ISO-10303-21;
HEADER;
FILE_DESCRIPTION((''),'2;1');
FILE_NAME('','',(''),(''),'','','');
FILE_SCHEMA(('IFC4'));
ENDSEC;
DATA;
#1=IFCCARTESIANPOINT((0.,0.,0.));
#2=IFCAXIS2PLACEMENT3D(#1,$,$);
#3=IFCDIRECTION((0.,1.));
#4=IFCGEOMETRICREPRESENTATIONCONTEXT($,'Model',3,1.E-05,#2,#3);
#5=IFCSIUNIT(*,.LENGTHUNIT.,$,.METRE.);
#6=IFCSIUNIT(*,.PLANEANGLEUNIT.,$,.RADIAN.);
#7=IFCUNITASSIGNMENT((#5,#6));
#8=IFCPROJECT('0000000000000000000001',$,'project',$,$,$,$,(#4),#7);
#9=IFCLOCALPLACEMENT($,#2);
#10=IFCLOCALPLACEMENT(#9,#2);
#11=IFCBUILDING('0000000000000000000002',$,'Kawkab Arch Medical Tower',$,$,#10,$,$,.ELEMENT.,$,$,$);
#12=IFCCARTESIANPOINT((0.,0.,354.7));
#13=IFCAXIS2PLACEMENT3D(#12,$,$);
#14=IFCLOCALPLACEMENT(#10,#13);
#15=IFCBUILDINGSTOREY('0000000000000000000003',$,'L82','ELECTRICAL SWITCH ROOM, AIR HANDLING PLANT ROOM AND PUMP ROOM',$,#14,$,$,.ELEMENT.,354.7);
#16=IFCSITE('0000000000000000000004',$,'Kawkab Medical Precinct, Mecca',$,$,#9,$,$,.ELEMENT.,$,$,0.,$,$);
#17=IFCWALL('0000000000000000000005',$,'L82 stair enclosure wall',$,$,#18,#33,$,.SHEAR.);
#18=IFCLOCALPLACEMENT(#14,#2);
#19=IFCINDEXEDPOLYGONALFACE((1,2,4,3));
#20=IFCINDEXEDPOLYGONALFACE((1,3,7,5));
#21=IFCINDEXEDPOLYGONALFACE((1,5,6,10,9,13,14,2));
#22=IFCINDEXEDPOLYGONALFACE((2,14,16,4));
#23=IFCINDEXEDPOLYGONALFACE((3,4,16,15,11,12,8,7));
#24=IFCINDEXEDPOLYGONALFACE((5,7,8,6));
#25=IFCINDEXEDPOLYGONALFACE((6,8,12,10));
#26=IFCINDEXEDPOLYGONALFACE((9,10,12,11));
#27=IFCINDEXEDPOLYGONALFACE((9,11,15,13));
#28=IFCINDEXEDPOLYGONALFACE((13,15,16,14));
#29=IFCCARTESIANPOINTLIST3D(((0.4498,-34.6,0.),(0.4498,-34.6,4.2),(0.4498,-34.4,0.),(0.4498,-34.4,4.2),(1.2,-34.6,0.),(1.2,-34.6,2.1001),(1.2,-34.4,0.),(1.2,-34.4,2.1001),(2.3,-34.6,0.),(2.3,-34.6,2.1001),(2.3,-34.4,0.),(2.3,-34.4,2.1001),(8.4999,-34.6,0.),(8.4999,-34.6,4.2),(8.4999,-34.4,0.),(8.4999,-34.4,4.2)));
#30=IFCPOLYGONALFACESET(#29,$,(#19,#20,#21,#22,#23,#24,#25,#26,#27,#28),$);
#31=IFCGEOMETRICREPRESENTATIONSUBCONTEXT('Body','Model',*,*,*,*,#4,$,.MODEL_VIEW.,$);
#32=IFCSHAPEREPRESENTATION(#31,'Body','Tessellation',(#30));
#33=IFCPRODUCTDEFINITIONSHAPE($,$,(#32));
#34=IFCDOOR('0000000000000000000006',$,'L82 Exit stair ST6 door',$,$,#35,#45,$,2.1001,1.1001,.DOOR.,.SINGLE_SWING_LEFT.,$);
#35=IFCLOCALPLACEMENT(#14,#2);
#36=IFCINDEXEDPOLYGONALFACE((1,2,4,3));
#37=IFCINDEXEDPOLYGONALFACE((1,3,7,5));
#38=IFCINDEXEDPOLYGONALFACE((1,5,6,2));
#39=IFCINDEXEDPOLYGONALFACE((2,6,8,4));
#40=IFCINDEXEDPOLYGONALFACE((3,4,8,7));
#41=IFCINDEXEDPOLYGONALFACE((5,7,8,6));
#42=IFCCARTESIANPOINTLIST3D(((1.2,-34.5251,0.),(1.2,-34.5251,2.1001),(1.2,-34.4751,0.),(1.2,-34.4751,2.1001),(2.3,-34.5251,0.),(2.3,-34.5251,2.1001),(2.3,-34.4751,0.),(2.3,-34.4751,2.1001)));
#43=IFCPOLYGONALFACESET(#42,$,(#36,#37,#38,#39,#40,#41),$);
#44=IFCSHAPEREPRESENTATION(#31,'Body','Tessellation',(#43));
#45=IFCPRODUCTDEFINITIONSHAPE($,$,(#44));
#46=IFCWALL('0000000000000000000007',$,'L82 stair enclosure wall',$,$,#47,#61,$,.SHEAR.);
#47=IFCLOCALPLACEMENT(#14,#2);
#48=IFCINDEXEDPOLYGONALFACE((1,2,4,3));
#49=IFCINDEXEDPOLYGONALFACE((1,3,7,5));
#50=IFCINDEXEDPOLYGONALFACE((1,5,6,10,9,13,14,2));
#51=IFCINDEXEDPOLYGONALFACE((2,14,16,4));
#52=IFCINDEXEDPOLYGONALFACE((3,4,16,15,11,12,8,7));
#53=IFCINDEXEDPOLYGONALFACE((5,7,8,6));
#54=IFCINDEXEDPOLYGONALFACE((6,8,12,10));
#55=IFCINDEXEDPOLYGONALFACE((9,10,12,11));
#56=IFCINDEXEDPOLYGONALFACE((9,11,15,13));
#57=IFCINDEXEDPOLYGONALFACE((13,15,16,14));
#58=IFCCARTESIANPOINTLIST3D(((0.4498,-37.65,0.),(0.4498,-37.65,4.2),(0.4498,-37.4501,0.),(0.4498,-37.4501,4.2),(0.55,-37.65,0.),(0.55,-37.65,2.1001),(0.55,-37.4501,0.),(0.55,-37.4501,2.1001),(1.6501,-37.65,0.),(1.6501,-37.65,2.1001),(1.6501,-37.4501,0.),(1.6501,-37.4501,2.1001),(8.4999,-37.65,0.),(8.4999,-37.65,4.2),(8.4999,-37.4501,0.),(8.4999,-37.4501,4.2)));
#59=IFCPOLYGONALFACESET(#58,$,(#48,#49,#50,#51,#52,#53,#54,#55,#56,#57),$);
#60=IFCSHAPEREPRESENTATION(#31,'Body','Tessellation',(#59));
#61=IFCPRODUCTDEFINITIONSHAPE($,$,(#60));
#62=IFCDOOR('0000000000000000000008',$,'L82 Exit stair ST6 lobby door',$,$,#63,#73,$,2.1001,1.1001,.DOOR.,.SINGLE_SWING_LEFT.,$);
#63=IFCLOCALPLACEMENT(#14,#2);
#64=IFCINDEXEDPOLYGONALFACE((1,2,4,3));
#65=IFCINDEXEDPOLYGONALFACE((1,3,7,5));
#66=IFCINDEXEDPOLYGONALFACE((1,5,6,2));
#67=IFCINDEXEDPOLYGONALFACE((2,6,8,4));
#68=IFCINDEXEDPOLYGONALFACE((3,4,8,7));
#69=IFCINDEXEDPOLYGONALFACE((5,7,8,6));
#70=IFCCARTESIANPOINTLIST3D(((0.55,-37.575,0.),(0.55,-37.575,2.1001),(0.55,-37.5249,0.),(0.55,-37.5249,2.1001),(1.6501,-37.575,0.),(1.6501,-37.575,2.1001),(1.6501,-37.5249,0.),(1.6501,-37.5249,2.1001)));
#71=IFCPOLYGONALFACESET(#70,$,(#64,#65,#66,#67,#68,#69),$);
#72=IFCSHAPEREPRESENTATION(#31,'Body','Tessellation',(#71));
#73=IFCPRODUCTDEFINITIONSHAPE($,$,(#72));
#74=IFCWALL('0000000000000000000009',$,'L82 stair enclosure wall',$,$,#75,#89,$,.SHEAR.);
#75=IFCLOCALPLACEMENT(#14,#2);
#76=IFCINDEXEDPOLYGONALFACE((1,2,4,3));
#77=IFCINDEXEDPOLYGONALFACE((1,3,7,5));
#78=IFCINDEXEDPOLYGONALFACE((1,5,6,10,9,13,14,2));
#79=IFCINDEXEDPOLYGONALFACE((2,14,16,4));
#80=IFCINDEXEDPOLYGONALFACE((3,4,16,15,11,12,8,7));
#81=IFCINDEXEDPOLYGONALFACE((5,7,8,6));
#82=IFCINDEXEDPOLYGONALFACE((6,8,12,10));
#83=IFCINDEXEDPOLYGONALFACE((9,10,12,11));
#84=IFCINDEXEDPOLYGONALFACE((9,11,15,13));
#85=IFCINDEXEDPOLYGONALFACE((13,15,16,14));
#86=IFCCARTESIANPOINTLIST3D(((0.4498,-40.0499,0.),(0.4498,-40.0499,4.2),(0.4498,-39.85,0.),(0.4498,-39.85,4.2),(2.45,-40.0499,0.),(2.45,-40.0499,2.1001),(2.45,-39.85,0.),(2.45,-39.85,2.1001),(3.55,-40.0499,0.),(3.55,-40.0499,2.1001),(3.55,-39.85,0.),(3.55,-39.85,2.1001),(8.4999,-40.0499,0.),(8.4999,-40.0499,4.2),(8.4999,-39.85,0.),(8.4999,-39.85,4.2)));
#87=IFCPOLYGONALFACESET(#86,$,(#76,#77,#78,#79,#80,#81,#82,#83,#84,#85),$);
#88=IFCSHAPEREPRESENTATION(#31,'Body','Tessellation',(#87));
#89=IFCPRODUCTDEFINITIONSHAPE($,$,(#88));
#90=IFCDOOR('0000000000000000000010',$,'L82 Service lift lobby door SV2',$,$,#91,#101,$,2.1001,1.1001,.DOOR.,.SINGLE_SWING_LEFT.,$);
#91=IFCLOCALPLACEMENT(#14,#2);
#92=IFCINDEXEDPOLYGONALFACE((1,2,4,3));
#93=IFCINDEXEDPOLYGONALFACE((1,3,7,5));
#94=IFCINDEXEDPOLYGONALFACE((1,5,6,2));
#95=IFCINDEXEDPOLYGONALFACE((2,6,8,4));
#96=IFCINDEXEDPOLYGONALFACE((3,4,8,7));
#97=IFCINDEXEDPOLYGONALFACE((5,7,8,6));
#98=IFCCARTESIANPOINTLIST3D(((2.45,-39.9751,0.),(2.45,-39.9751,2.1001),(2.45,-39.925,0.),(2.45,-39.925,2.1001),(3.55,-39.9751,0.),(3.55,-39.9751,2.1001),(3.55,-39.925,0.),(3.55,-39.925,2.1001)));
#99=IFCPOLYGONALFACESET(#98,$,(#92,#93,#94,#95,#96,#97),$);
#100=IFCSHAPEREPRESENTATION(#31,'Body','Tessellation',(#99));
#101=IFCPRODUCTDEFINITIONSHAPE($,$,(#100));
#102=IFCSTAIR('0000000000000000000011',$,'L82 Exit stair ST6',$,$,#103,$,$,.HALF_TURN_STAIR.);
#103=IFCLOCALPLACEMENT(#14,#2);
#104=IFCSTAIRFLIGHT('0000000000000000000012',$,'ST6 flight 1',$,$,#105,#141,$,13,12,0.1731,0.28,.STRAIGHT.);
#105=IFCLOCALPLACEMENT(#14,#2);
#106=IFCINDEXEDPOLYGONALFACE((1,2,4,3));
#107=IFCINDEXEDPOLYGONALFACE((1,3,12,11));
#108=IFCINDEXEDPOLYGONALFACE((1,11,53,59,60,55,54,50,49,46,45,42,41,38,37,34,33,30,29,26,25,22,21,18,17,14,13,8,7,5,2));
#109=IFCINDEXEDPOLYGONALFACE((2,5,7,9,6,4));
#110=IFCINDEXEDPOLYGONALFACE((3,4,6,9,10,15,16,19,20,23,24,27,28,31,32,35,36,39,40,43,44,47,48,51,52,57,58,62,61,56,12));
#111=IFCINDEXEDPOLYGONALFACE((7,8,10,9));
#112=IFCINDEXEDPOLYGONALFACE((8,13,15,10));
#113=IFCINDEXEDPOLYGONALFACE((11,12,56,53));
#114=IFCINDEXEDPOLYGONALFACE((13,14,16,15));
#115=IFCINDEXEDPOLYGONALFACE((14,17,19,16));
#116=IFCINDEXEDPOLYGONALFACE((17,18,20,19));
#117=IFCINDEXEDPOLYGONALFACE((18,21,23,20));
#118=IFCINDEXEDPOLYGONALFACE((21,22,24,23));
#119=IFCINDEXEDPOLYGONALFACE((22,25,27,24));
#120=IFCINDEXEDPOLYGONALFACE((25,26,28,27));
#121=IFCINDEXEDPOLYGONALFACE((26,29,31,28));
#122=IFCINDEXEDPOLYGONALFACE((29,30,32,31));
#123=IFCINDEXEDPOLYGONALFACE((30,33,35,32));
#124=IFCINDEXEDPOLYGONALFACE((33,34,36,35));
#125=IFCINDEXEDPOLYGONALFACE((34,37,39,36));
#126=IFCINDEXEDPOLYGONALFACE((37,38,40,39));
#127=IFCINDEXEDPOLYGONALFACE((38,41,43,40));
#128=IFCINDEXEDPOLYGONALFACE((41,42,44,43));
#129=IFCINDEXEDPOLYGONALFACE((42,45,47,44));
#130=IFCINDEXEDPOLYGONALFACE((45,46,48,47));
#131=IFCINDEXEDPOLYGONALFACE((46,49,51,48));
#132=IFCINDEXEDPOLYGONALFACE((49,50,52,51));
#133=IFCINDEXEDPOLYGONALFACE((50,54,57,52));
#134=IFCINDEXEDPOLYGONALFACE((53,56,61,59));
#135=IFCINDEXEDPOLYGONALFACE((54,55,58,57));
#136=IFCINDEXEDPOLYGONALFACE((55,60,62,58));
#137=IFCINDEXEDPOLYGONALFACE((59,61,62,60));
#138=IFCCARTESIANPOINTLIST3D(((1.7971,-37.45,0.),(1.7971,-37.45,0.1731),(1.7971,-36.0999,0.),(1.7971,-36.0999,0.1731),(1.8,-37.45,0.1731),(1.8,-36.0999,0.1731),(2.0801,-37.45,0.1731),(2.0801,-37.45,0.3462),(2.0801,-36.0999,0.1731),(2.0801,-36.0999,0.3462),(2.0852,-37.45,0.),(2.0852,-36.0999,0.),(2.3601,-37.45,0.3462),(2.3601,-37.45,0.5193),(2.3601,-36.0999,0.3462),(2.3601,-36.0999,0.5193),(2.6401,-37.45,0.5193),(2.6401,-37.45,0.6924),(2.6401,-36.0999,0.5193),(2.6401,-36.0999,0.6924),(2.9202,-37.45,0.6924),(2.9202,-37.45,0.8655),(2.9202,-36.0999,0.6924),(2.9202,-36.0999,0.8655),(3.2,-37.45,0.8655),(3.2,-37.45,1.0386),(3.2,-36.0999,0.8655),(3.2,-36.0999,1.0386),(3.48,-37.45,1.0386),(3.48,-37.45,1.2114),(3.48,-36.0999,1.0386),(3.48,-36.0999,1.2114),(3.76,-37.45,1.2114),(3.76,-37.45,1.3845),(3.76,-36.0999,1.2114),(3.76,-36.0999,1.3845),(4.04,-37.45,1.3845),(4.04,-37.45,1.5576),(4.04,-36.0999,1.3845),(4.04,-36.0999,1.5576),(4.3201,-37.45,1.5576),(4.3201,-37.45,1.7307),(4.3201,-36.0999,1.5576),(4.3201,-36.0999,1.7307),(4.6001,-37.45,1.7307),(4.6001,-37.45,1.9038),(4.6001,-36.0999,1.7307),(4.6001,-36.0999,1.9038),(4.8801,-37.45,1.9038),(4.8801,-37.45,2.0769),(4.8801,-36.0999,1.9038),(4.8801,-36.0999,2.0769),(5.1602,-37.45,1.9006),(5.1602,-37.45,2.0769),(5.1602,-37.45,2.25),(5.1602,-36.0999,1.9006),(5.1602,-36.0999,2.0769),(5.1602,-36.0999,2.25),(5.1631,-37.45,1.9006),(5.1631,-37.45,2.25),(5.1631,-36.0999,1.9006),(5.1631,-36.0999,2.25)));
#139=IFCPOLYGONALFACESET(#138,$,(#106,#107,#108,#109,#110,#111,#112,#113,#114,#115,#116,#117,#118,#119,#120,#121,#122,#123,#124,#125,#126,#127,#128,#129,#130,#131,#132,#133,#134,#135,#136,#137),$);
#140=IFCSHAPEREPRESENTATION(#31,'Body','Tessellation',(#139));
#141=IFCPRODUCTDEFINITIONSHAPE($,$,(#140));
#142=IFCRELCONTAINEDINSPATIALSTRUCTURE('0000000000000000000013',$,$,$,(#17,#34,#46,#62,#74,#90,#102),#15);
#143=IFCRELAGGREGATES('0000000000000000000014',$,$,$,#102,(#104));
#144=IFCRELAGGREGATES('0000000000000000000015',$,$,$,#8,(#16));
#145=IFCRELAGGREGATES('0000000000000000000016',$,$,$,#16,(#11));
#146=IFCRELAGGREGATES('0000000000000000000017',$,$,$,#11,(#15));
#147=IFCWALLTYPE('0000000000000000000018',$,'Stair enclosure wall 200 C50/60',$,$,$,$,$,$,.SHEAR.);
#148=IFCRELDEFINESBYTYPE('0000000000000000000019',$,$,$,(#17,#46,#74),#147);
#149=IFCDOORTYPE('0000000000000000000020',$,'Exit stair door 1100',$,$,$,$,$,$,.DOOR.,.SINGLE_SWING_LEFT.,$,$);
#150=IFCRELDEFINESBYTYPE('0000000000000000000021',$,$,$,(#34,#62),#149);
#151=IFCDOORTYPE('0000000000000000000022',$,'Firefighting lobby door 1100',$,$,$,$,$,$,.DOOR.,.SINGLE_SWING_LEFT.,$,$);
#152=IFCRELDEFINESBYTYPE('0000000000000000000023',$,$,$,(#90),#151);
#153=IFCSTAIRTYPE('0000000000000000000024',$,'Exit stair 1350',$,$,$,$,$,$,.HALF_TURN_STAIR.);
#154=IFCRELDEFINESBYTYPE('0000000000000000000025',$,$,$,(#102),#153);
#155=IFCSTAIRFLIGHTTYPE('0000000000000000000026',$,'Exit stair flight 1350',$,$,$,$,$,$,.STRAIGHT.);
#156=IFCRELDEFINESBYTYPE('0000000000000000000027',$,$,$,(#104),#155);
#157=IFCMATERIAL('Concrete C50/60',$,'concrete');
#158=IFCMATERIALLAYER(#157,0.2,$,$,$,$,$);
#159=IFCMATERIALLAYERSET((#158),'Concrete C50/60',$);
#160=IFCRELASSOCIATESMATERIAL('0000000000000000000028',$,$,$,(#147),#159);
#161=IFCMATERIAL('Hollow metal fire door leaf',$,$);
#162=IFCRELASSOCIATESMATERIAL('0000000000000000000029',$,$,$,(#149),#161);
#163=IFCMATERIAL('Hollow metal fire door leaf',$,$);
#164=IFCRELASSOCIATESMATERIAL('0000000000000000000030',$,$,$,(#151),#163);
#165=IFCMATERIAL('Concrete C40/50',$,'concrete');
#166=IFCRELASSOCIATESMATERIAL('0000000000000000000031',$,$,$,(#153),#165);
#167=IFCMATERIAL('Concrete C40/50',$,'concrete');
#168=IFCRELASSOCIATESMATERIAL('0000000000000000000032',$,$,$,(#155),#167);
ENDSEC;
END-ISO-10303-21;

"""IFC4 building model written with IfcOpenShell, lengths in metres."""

from ifc_helpers import new_model, si_unit, direction, frame, frame_2d, origin, place, context, subcontext, project, spatial, polyline, rectangle, outline, extrude, material, layer, layer_set, type_object, element, fill, aggregate, save


model = new_model("IFC4")

# Units and contexts
model_context = context("Model", 3, precision=1e-05, world=origin(), true_north=direction((0.0, 1.0)))
body_context = subcontext(model_context, "Body", "Model", "MODEL_VIEW")
ifc_project = project(units=[si_unit("LENGTHUNIT", "METRE"), si_unit("PLANEANGLEUNIT", "RADIAN")], contexts=[model_context])

# Site, building, storey
site_placement = place(None, origin())
site = spatial("IfcSite", under=ifc_project, at=site_placement, Name="Kawkab Medical Precinct, Mecca", CompositionType="ELEMENT", RefElevation=0.0)
building_placement = place(site_placement, origin())
building = spatial("IfcBuilding", under=site, at=building_placement, Name="Kawkab Arch Medical Tower", CompositionType="ELEMENT")
storey_placement = place(building_placement, frame((0.0, 0.0, 354.7)))
storey = spatial("IfcBuildingStorey", under=building, at=storey_placement, Name="L82", Description="ELECTRICAL SWITCH ROOM, AIR HANDLING PLANT ROOM AND PUMP ROOM", CompositionType="ELEMENT", Elevation=354.7)

# Shared definitions
placement = place(storey_placement, origin())

# Walls, openings, doors
ifc_material_1 = material(Name="Concrete C50/60", Category="concrete")
ifc_layer_1 = layer(ifc_material_1, 0.2)
ifc_layer_set_1 = layer_set([ifc_layer_1], Name="Concrete C50/60")
wall_type_1 = type_object("IfcWallType", Name="Stair enclosure wall 200 C50/60", PredefinedType="SHEAR", material=ifc_layer_set_1)
wall_1_placement = place(storey_placement, frame((0.45, -34.5, 0.0), z_axis=(0.0, 0.0, 1.0), x_axis=(1.0, 0.0, 0.0)))
wall_1 = element("IfcWall", 1, at=wall_1_placement, inside=storey, type_object=wall_type_1, Name="L82 stair enclosure wall", PredefinedType="SHEAR", context=body_context, shape_type="SweptSolid", body=[
    extrude(rectangle(XDim=8.05, YDim=0.2, at=frame_2d((4.0249, 0.0))), origin(), (0.0, 0.0, 1.0), 4.2),
])
opening_1_placement = place(wall_1_placement, frame((0.75, 0.0, 0.0)))
opening_1 = element("IfcOpeningElement", 2, at=opening_1_placement, cuts=wall_1, PredefinedType="OPENING", context=body_context, shape_type="SweptSolid", body=[
    extrude(rectangle(XDim=1.1001, YDim=2.1001, at=frame_2d((0.55, 1.05))), frame((0.0, 0.1099, 0.0), z_axis=(0.0, -1.0, 0.0), x_axis=(1.0, 0.0, 0.0)), (0.0, 0.0, 1.0), 0.22),
])
ifc_material_2 = material(Name="Hollow metal fire door leaf")
door_type_1 = type_object("IfcDoorType", Name="Exit stair door 1100", OperationType="SINGLE_SWING_LEFT", PredefinedType="DOOR", material=ifc_material_2)
door_1_placement = place(opening_1_placement, origin())
door_1 = element("IfcDoor", 3, at=door_1_placement, inside=storey, type_object=door_type_1, Name="L82 Exit stair ST6 door", OperationType="SINGLE_SWING_LEFT", OverallHeight=2.1001, OverallWidth=1.1001, PredefinedType="DOOR", context=body_context, shape_type="SweptSolid", body=[
    extrude(rectangle(XDim=1.1001, YDim=2.1001, at=frame_2d((0.55, 1.05))), frame((0.0, 0.0249, 0.0), z_axis=(0.0, -1.0, 0.0), x_axis=(1.0, 0.0, 0.0)), (0.0, 0.0, 1.0), 0.05),
])
fill(opening_1, door_1)
wall_2_placement = place(storey_placement, frame((0.45, -37.55, 0.0), z_axis=(0.0, 0.0, 1.0), x_axis=(1.0, 0.0, 0.0)))
wall_2 = element("IfcWall", 4, at=wall_2_placement, inside=storey, type_object=wall_type_1, Name="L82 stair enclosure wall", PredefinedType="SHEAR", context=body_context, shape_type="SweptSolid", body=[
    extrude(rectangle(XDim=8.05, YDim=0.2, at=frame_2d((4.0249, 0.0))), origin(), (0.0, 0.0, 1.0), 4.2),
])
opening_2_placement = place(wall_2_placement, frame((0.1001, 0.0, 0.0)))
opening_2 = element("IfcOpeningElement", 5, at=opening_2_placement, cuts=wall_2, PredefinedType="OPENING", context=body_context, shape_type="SweptSolid", body=[
    extrude(rectangle(XDim=1.1001, YDim=2.1001, at=frame_2d((0.55, 1.05))), frame((0.0, 0.1099, 0.0), z_axis=(0.0, -1.0, 0.0), x_axis=(1.0, 0.0, 0.0)), (0.0, 0.0, 1.0), 0.22),
])
door_2_placement = place(opening_2_placement, frame((1.1001, 0.0, 0.0), z_axis=(0.0, 0.0, 1.0), x_axis=(-1.0, 0.0, 0.0)))
door_2 = element("IfcDoor", 6, at=door_2_placement, inside=storey, type_object=door_type_1, Name="L82 Exit stair ST6 lobby door", OperationType="SINGLE_SWING_LEFT", OverallHeight=2.1001, OverallWidth=1.1001, PredefinedType="DOOR", context=body_context, shape_type="SweptSolid", body=[
    extrude(rectangle(XDim=1.1001, YDim=2.1001, at=frame_2d((0.55, 1.05))), frame((0.0, 0.0249, 0.0), z_axis=(0.0, -1.0, 0.0), x_axis=(1.0, 0.0, 0.0)), (0.0, 0.0, 1.0), 0.05),
])
fill(opening_2, door_2)
wall_3_placement = place(storey_placement, frame((0.45, -39.95, 0.0), z_axis=(0.0, 0.0, 1.0), x_axis=(1.0, 0.0, 0.0)))
wall_3 = element("IfcWall", 7, at=wall_3_placement, inside=storey, type_object=wall_type_1, Name="L82 stair enclosure wall", PredefinedType="SHEAR", context=body_context, shape_type="SweptSolid", body=[
    extrude(rectangle(XDim=8.05, YDim=0.2, at=frame_2d((4.0249, 0.0))), origin(), (0.0, 0.0, 1.0), 4.2),
])
opening_3_placement = place(wall_3_placement, frame((2.0, 0.0, 0.0)))
opening_3 = element("IfcOpeningElement", 8, at=opening_3_placement, cuts=wall_3, PredefinedType="OPENING", context=body_context, shape_type="SweptSolid", body=[
    extrude(rectangle(XDim=1.1001, YDim=2.1001, at=frame_2d((0.55, 1.05))), frame((0.0, 0.1099, 0.0), z_axis=(0.0, -1.0, 0.0), x_axis=(1.0, 0.0, 0.0)), (0.0, 0.0, 1.0), 0.22),
])
ifc_material_3 = material(Name="Hollow metal fire door leaf")
door_type_2 = type_object("IfcDoorType", Name="Firefighting lobby door 1100", OperationType="SINGLE_SWING_LEFT", PredefinedType="DOOR", material=ifc_material_3)
door_3_placement = place(opening_3_placement, origin())
door_3 = element("IfcDoor", 9, at=door_3_placement, inside=storey, type_object=door_type_2, Name="L82 Service lift lobby door SV2", OperationType="SINGLE_SWING_LEFT", OverallHeight=2.1001, OverallWidth=1.1001, PredefinedType="DOOR", context=body_context, shape_type="SweptSolid", body=[
    extrude(rectangle(XDim=1.1001, YDim=2.1001, at=frame_2d((0.55, 1.05))), frame((0.0, 0.0249, 0.0), z_axis=(0.0, -1.0, 0.0), x_axis=(1.0, 0.0, 0.0)), (0.0, 0.0, 1.0), 0.05),
])
fill(opening_3, door_3)

# Stair, stair flight
ifc_material_4 = material(Name="Concrete C40/50", Category="concrete")
stair_type = type_object("IfcStairType", Name="Exit stair 1350", PredefinedType="HALF_TURN_STAIR", material=ifc_material_4)
stair = element("IfcStair", 10, at=placement, inside=storey, type_object=stair_type, Name="L82 Exit stair ST6", PredefinedType="HALF_TURN_STAIR")
ifc_material_5 = material(Name="Concrete C40/50", Category="concrete")
stair_flight_type = type_object("IfcStairFlightType", Name="Exit stair flight 1350", PredefinedType="STRAIGHT", material=ifc_material_5)
stair_flight_placement = place(storey_placement, frame((1.8, -36.7749, 0.0), z_axis=(0.0, 0.0, 1.0), x_axis=(1.0, 0.0, 0.0)))
stair_flight = element("IfcStairFlight", 11, at=stair_flight_placement, type_object=stair_flight_type, Name="ST6 flight 1", NumberOfRisers=13, NumberOfTreads=12, PredefinedType="STRAIGHT", RiserHeight=0.1731, TreadLength=0.28, context=body_context, shape_type="SweptSolid", body=[
    extrude(outline(polyline([(-0.0029, 0.0), (-0.0029, 0.1731), (0.0, 0.1731), (0.28, 0.1731), (0.28, 0.3462), (0.5601, 0.3462), (0.5601, 0.5193), (0.8401, 0.5193), (0.8401, 0.6924), (1.1201, 0.6924), (1.1201, 0.8655), (1.3999, 0.8655), (1.3999, 1.0386), (1.6799, 1.0386), (1.6799, 1.2114), (1.96, 1.2114), (1.96, 1.3845), (2.24, 1.3845), (2.24, 1.5576), (2.52, 1.5576), (2.52, 1.7307), (2.8, 1.7307), (2.8, 1.9038), (3.0801, 1.9038), (3.0801, 2.0769), (3.3601, 2.0769), (3.3601, 2.25), (3.363, 2.25), (3.363, 1.9006), (3.3601, 1.9006), (0.2852, 0.0), (-0.0029, 0.0)])), frame((0.0, 0.675, 0.0), z_axis=(0.0, -1.0, 0.0), x_axis=(1.0, 0.0, 0.0)), (0.0, 0.0, 1.0), 1.3501),
])
aggregate(stair, [stair_flight])

save(model, "model.ifc")
